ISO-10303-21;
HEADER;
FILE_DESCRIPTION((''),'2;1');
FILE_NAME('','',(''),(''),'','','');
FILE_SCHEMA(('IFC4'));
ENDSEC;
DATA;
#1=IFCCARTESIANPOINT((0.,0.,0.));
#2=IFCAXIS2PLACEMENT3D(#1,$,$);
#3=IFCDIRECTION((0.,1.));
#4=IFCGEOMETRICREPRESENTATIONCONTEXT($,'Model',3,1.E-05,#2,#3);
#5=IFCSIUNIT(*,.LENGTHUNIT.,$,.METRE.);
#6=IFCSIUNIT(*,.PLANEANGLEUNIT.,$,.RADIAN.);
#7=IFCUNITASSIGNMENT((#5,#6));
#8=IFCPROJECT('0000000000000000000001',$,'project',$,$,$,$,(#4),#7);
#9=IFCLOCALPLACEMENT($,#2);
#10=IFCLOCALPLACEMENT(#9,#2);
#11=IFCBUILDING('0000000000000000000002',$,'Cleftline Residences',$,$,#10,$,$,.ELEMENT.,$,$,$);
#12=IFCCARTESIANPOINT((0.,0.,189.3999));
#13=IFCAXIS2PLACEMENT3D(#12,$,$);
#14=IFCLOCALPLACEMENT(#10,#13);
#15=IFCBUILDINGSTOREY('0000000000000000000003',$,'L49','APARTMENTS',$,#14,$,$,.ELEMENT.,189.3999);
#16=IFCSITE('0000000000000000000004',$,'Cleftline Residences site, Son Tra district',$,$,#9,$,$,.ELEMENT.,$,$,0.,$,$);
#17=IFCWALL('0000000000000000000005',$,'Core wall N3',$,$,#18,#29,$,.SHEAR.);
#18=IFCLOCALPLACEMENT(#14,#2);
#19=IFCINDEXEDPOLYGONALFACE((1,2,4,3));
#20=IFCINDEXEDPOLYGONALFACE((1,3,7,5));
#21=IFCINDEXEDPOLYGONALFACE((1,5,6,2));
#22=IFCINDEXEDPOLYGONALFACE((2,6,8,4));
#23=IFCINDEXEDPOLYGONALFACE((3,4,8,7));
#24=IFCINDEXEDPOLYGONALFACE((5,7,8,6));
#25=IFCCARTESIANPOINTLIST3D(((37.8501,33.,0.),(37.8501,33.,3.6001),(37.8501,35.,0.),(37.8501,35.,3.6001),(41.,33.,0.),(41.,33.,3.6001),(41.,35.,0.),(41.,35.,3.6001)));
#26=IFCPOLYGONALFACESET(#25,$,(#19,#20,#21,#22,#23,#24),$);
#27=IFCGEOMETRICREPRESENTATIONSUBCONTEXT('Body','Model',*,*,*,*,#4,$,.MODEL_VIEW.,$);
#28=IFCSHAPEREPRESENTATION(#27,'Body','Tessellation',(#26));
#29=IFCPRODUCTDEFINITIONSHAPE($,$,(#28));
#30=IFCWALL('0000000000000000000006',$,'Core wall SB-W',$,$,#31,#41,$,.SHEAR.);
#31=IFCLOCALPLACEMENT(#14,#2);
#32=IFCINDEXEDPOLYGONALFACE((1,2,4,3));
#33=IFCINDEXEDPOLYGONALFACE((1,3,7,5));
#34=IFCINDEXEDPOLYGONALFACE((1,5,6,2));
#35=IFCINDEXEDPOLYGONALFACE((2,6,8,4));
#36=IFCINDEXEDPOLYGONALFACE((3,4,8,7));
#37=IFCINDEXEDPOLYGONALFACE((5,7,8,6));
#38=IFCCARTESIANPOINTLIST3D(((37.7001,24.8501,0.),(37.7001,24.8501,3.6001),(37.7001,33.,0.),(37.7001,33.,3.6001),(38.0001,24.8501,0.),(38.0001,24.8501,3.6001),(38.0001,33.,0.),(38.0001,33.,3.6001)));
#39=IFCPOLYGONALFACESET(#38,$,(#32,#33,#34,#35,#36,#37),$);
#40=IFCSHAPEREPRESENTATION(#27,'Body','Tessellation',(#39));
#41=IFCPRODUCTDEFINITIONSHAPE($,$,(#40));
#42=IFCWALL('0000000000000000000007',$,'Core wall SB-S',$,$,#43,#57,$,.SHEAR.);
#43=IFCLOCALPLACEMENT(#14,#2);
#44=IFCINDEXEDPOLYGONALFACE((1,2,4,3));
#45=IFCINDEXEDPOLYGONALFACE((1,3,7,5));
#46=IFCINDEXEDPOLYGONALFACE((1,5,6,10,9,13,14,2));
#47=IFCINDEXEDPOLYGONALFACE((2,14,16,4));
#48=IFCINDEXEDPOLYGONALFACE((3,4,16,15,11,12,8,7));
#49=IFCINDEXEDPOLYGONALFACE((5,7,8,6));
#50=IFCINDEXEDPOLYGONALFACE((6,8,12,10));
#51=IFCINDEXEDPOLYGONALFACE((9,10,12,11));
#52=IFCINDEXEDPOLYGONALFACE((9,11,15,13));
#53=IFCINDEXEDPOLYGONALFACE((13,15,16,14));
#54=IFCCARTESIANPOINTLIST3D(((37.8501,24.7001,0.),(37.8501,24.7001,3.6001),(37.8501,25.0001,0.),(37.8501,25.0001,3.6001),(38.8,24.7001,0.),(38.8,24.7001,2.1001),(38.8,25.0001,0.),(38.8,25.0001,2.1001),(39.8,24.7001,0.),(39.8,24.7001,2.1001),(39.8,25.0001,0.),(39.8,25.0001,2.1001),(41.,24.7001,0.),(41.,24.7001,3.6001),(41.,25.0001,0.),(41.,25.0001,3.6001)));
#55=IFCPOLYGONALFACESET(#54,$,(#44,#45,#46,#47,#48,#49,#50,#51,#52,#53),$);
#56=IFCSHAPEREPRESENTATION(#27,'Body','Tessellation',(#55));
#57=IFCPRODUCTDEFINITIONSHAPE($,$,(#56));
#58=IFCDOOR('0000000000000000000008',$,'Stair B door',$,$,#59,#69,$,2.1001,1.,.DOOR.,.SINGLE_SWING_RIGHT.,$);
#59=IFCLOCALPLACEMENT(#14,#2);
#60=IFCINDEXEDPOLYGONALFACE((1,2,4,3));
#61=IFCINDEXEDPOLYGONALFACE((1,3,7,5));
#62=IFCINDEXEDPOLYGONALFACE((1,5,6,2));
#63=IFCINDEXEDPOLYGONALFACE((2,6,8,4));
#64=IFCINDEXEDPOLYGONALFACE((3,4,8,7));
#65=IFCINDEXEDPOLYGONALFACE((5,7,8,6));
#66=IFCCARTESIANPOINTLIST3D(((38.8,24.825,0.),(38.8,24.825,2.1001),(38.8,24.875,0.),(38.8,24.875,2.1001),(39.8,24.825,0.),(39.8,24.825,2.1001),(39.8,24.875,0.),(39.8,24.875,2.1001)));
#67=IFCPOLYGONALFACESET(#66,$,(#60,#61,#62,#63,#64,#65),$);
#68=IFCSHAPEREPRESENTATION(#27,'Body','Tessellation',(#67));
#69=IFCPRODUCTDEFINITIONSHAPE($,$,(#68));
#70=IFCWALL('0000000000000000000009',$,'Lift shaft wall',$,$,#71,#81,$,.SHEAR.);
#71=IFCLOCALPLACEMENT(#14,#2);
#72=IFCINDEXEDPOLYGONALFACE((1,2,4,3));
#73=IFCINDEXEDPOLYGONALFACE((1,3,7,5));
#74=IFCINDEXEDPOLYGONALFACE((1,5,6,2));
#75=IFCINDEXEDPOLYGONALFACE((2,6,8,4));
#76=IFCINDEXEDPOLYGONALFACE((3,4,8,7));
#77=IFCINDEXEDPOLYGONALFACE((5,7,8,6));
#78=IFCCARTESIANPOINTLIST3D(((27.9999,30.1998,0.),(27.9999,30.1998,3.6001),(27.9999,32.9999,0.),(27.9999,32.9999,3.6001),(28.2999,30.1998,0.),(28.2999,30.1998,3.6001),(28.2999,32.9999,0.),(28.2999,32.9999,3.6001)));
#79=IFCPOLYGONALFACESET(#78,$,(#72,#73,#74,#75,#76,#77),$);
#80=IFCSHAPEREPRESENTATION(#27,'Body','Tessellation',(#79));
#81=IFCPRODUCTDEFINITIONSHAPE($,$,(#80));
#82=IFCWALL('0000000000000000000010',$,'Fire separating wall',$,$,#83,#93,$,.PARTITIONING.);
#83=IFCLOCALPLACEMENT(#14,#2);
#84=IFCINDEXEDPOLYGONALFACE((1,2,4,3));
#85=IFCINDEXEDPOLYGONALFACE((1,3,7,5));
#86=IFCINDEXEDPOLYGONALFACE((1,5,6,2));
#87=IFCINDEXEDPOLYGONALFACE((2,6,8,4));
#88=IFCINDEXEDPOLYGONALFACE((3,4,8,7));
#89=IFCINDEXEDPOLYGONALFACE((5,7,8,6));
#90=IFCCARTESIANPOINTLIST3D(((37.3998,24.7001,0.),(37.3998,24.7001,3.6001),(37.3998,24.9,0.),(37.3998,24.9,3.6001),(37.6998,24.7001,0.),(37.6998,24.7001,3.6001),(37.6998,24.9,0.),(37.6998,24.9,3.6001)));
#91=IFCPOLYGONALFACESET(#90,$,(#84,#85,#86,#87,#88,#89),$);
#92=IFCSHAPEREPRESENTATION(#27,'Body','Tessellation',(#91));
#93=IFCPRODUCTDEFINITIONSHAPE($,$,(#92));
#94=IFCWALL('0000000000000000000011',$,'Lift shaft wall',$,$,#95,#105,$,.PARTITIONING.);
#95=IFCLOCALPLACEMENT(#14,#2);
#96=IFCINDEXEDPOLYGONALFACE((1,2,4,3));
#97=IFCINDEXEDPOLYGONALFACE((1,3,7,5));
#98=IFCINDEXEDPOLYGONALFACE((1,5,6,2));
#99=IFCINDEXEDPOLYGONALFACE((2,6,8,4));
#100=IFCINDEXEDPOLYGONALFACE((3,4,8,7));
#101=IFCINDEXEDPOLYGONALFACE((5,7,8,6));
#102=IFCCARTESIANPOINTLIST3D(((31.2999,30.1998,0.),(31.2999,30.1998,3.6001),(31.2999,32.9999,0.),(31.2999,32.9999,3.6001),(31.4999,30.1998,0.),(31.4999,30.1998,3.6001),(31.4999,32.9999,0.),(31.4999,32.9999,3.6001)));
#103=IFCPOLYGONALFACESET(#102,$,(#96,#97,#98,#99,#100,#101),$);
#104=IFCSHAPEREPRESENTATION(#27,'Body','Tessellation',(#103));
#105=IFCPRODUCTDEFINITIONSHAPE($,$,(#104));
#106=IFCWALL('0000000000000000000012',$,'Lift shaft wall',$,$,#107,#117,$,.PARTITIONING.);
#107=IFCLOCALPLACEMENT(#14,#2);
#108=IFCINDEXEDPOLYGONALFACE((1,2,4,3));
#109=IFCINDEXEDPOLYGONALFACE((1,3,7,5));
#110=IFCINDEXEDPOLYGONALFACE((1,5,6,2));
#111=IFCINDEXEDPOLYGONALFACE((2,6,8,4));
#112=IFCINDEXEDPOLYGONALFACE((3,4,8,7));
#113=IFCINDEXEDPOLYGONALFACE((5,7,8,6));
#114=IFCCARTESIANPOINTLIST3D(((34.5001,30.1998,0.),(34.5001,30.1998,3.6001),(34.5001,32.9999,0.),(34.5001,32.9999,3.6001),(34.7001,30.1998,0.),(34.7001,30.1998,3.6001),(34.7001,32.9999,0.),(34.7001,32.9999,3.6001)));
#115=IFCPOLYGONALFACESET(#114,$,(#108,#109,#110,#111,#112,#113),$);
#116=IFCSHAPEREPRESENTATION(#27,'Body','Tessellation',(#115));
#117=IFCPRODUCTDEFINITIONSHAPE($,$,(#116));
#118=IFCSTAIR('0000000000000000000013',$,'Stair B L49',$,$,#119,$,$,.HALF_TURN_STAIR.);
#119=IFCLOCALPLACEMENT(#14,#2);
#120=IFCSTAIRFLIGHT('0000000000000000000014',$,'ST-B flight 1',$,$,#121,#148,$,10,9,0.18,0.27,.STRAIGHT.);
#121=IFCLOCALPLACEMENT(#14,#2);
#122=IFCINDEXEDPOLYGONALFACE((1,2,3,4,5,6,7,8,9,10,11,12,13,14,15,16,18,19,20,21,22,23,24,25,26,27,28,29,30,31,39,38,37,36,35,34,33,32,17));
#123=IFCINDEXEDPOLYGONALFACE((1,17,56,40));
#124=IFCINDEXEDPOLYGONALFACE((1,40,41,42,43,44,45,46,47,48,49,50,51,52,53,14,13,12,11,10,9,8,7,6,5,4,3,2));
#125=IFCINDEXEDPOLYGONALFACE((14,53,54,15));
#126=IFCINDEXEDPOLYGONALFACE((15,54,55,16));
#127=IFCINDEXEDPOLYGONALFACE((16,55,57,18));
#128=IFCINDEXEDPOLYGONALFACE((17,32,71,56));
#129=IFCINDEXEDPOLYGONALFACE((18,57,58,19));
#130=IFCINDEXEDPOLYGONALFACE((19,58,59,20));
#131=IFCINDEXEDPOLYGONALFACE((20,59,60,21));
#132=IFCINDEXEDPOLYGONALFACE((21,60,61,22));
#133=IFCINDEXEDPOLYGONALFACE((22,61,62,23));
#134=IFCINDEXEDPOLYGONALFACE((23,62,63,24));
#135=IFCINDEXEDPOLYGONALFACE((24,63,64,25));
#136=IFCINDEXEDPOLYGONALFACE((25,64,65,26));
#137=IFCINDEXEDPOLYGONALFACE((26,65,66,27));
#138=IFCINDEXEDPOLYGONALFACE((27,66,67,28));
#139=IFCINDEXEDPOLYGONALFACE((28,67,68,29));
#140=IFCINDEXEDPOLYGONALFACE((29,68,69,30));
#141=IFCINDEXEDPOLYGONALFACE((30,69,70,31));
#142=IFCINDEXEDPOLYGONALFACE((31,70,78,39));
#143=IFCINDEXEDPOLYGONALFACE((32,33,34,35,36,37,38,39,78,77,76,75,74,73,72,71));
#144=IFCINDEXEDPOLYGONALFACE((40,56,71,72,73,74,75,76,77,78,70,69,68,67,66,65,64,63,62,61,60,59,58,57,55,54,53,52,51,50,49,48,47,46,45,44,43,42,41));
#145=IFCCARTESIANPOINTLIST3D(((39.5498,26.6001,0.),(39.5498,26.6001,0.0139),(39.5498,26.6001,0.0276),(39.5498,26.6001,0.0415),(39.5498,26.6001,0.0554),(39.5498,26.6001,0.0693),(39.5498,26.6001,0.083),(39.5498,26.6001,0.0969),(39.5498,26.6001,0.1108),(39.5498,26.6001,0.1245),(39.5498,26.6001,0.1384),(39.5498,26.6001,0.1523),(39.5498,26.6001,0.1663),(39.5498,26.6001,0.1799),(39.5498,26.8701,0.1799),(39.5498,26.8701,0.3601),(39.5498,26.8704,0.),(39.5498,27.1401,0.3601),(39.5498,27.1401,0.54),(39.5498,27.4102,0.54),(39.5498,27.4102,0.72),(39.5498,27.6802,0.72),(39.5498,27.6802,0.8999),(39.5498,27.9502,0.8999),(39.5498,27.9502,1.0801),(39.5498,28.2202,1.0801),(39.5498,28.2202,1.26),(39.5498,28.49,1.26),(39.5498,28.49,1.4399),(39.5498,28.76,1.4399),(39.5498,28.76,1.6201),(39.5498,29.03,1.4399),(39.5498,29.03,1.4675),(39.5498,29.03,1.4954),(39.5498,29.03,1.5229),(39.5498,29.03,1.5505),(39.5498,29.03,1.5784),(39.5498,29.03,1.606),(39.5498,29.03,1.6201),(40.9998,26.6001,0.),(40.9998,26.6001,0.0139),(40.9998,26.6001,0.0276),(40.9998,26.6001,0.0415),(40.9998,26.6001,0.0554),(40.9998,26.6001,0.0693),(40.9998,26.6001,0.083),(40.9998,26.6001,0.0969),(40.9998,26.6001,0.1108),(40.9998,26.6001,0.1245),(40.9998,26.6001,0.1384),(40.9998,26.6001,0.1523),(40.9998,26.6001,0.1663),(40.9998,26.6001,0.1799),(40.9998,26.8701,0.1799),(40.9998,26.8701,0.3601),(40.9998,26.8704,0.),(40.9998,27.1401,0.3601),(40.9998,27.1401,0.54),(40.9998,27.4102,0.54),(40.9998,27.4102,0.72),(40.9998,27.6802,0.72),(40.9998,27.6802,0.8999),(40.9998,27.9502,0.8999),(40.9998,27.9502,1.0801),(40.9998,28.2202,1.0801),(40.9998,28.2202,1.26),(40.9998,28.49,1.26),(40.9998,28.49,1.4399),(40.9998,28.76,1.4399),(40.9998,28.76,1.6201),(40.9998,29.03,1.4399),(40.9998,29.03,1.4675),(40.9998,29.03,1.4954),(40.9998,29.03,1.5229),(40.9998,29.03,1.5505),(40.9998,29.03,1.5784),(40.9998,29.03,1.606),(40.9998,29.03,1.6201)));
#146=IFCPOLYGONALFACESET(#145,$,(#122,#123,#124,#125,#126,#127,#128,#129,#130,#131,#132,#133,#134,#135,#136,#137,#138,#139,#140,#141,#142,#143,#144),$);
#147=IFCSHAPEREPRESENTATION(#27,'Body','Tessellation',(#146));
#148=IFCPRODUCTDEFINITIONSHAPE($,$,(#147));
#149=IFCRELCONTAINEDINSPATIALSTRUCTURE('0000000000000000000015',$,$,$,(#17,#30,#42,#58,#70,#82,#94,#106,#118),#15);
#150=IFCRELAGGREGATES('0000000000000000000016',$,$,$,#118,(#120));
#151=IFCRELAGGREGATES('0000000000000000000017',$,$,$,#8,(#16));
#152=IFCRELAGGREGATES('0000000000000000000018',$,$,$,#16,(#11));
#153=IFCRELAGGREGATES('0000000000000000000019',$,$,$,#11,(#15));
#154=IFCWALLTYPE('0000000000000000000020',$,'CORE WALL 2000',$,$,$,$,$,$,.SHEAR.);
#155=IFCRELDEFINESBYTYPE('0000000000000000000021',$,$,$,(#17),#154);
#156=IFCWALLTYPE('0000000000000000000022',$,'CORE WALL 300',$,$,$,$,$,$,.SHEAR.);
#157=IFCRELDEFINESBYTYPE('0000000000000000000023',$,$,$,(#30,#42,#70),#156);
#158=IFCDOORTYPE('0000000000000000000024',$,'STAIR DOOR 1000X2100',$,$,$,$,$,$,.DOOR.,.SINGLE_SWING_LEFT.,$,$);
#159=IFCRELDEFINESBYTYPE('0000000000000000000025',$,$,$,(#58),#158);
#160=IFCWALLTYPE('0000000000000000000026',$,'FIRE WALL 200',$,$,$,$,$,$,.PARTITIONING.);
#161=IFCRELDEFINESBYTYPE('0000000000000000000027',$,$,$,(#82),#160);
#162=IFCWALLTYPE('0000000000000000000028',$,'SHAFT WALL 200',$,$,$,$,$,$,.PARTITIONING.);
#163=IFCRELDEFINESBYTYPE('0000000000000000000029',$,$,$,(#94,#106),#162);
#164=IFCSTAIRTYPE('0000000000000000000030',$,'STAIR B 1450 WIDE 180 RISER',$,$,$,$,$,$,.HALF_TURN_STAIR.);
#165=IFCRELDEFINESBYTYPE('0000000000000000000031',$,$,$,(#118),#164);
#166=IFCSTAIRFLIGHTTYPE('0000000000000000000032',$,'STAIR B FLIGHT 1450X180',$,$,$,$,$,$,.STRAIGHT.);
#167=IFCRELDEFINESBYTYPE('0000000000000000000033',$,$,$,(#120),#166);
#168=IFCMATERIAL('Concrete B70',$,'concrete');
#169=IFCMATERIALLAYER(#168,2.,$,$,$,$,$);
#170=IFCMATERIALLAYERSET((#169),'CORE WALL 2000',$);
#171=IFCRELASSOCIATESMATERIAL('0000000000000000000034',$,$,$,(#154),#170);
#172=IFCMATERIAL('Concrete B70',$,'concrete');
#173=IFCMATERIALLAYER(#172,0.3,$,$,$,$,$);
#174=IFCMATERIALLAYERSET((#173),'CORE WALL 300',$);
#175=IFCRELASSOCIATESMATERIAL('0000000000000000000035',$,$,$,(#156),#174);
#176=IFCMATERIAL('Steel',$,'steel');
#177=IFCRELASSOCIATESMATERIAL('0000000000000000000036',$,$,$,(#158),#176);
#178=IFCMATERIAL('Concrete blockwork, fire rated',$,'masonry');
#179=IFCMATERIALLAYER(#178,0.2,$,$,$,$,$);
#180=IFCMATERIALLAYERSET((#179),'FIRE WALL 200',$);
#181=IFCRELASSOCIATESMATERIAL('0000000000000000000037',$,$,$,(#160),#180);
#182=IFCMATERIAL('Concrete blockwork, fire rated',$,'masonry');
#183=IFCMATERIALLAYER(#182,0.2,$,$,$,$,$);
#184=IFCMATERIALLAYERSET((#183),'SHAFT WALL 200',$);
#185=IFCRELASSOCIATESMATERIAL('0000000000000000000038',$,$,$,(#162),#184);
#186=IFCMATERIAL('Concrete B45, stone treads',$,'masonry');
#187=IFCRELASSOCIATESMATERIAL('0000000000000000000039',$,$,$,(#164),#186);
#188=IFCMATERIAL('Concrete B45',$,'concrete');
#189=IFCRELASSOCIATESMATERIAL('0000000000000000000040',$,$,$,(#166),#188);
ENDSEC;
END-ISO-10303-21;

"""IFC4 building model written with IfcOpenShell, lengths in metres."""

from ifc_helpers import new_model, si_unit, direction, frame, frame_2d, origin, place, context, subcontext, project, spatial, polyline, rectangle, outline, extrude, material, layer, layer_set, type_object, element, fill, aggregate, save


model = new_model("IFC4")

# Units and contexts
model_context = context("Model", 3, precision=1e-05, world=origin(), true_north=direction((0.0, 1.0)))
body_context = subcontext(model_context, "Body", "Model", "MODEL_VIEW")
ifc_project = project(units=[si_unit("LENGTHUNIT", "METRE"), si_unit("PLANEANGLEUNIT", "RADIAN")], contexts=[model_context])

# Site, building, storey
site_placement = place(None, origin())
site = spatial("IfcSite", under=ifc_project, at=site_placement, Name="Cleftline Residences site, Son Tra district", CompositionType="ELEMENT", RefElevation=0.0)
building_placement = place(site_placement, origin())
building = spatial("IfcBuilding", under=site, at=building_placement, Name="Cleftline Residences", CompositionType="ELEMENT")
storey_placement = place(building_placement, frame((0.0, 0.0, 189.3999)))
storey = spatial("IfcBuildingStorey", under=building, at=storey_placement, Name="L49", Description="APARTMENTS", CompositionType="ELEMENT", Elevation=189.3999)

# Walls
ifc_material_1 = material(Name="Concrete B70", Category="concrete")
ifc_layer_1 = layer(ifc_material_1, 2.0)
ifc_layer_set_1 = layer_set([ifc_layer_1], Name="CORE WALL 2000")
wall_type_1 = type_object("IfcWallType", Name="CORE WALL 2000", PredefinedType="SHEAR", material=ifc_layer_set_1)
wall_1_placement = place(storey_placement, frame((37.8501, 34.0, 0.0), z_axis=(0.0, 0.0, 1.0), x_axis=(1.0, 0.0, 0.0)))
element("IfcWall", 1, at=wall_1_placement, inside=storey, type_object=wall_type_1, Name="Core wall N3", PredefinedType="SHEAR", context=body_context, shape_type="SweptSolid", body=[
    extrude(rectangle(XDim=3.1499, YDim=2.0, at=frame_2d((1.575, 0.0))), origin(), (0.0, 0.0, 1.0), 3.6001),
])
ifc_material_2 = material(Name="Concrete B70", Category="concrete")
ifc_layer_2 = layer(ifc_material_2, 0.3)
ifc_layer_set_2 = layer_set([ifc_layer_2], Name="CORE WALL 300")
wall_type_2 = type_object("IfcWallType", Name="CORE WALL 300", PredefinedType="SHEAR", material=ifc_layer_set_2)
wall_2_placement = place(storey_placement, frame((37.8501, 24.8501, 0.0), z_axis=(0.0, 0.0, 1.0), x_axis=(0.0, 1.0, 0.0)))
element("IfcWall", 2, at=wall_2_placement, inside=storey, type_object=wall_type_2, Name="Core wall SB-W", PredefinedType="SHEAR", context=body_context, shape_type="SweptSolid", body=[
    extrude(rectangle(XDim=8.1499, YDim=0.3, at=frame_2d((4.075, 0.0))), origin(), (0.0, 0.0, 1.0), 3.6001),
])

# Wall, opening, door
wall_3_placement = place(storey_placement, frame((37.8501, 24.8501, 0.0), z_axis=(0.0, 0.0, 1.0), x_axis=(1.0, 0.0, 0.0)))
wall_3 = element("IfcWall", 3, at=wall_3_placement, inside=storey, type_object=wall_type_2, Name="Core wall SB-S", PredefinedType="SHEAR", context=body_context, shape_type="SweptSolid", body=[
    extrude(rectangle(XDim=3.1499, YDim=0.3, at=frame_2d((1.575, 0.0))), origin(), (0.0, 0.0, 1.0), 3.6001),
])
opening_placement = place(wall_3_placement, frame((0.95, 0.0, 0.0)))
opening = element("IfcOpeningElement", 4, at=opening_placement, cuts=wall_3, PredefinedType="OPENING", context=body_context, shape_type="SweptSolid", body=[
    extrude(rectangle(XDim=1.0, YDim=2.1001, at=frame_2d((0.5, 1.05))), frame((0.0, 0.1599, 0.0), z_axis=(0.0, -1.0, 0.0), x_axis=(1.0, 0.0, 0.0)), (0.0, 0.0, 1.0), 0.3201),
])
ifc_material_3 = material(Name="Steel", Category="steel")
door_type = type_object("IfcDoorType", Name="STAIR DOOR 1000X2100", OperationType="SINGLE_SWING_LEFT", PredefinedType="DOOR", material=ifc_material_3)
door_placement = place(opening_placement, origin())
door = element("IfcDoor", 5, at=door_placement, inside=storey, type_object=door_type, Name="Stair B door", OperationType="SINGLE_SWING_RIGHT", OverallHeight=2.1001, OverallWidth=1.0, PredefinedType="DOOR", context=body_context, shape_type="SweptSolid", body=[
    extrude(rectangle(XDim=1.0, YDim=2.1001, at=frame_2d((0.5, 1.05))), frame((0.0, 0.0249, 0.0), z_axis=(0.0, -1.0, 0.0), x_axis=(1.0, 0.0, 0.0)), (0.0, 0.0, 1.0), 0.05),
])
fill(opening, door)

# Walls
wall_4_placement = place(storey_placement, frame((28.1499, 30.2, 0.0), z_axis=(0.0, 0.0, 1.0), x_axis=(0.0, 1.0, 0.0)))
element("IfcWall", 6, at=wall_4_placement, inside=storey, type_object=wall_type_2, Name="Lift shaft wall", PredefinedType="SHEAR", context=body_context, shape_type="SweptSolid", body=[
    extrude(rectangle(XDim=2.8, YDim=0.3, at=frame_2d((1.3999, 0.0))), origin(), (0.0, 0.0, 1.0), 3.6001),
])
ifc_material_4 = material(Name="Concrete blockwork, fire rated", Category="masonry")
ifc_layer_3 = layer(ifc_material_4, 0.2)
ifc_layer_set_3 = layer_set([ifc_layer_3], Name="FIRE WALL 200")
wall_type_3 = type_object("IfcWallType", Name="FIRE WALL 200", PredefinedType="PARTITIONING", material=ifc_layer_set_3)
wall_5_placement = place(storey_placement, frame((37.3999, 24.8, 0.0), z_axis=(0.0, 0.0, 1.0), x_axis=(1.0, 0.0, 0.0)))
element("IfcWall", 7, at=wall_5_placement, inside=storey, type_object=wall_type_3, Name="Fire separating wall", PredefinedType="PARTITIONING", context=body_context, shape_type="SweptSolid", body=[
    extrude(rectangle(XDim=0.3, YDim=0.2, at=frame_2d((0.1499, 0.0))), origin(), (0.0, 0.0, 1.0), 3.6001),
])
ifc_material_5 = material(Name="Concrete blockwork, fire rated", Category="masonry")
ifc_layer_4 = layer(ifc_material_5, 0.2)
ifc_layer_set_4 = layer_set([ifc_layer_4], Name="SHAFT WALL 200")
wall_type_4 = type_object("IfcWallType", Name="SHAFT WALL 200", PredefinedType="PARTITIONING", material=ifc_layer_set_4)
for number, where, z_axis, x_axis, name in (
    (8, (31.3999, 30.2, 0.0), (0.0, 0.0, 1.0), (0.0, 1.0, 0.0), "Lift shaft wall"),
    (9, (34.6001, 30.2, 0.0), (0.0, 0.0, 1.0), (0.0, 1.0, 0.0), "Lift shaft wall"),
):
    element("IfcWall", number, at=place(storey_placement, frame(where, z_axis=z_axis, x_axis=x_axis)), inside=storey, type_object=wall_type_4, Name=name, PredefinedType="PARTITIONING", context=body_context, shape_type="SweptSolid", body=[
        extrude(rectangle(XDim=2.8, YDim=0.2, at=frame_2d((1.3999, 0.0))), origin(), (0.0, 0.0, 1.0), 3.6001),
    ])

# Stair, stair flight
ifc_material_6 = material(Name="Concrete B45, stone treads", Category="masonry")
stair_type = type_object("IfcStairType", Name="STAIR B 1450 WIDE 180 RISER", PredefinedType="HALF_TURN_STAIR", material=ifc_material_6)
stair_placement = place(storey_placement, origin())
stair = element("IfcStair", 10, at=stair_placement, inside=storey, type_object=stair_type, Name="Stair B L49", PredefinedType="HALF_TURN_STAIR")
ifc_material_7 = material(Name="Concrete B45", Category="concrete")
stair_flight_type = type_object("IfcStairFlightType", Name="STAIR B FLIGHT 1450X180", PredefinedType="STRAIGHT", material=ifc_material_7)
stair_flight_1_placement = place(storey_placement, frame((40.2749, 26.6001, 0.0), z_axis=(0.0, 0.0, 1.0), x_axis=(0.0, 1.0, 0.0)))
stair_flight_1 = element("IfcStairFlight", 11, at=stair_flight_1_placement, type_object=stair_flight_type, Name="ST-B flight 1", NumberOfRisers=10, NumberOfTreads=9, PredefinedType="STRAIGHT", RiserHeight=0.18, TreadLength=0.27, context=body_context, shape_type="SweptSolid", body=[
    extrude(outline(polyline([(0.0, 0.0), (0.0, 0.0139), (0.0, 0.0276), (0.0, 0.0415), (0.0, 0.0554), (0.0, 0.0693), (0.0, 0.083), (0.0, 0.0969), (0.0, 0.1108), (0.0, 0.1245), (0.0, 0.1384), (0.0, 0.1523), (0.0, 0.1663), (0.0, 0.1799), (0.27, 0.1799), (0.27, 0.3601), (0.54, 0.3601), (0.54, 0.54), (0.8101, 0.54), (0.8101, 0.72), (1.0801, 0.72), (1.0801, 0.8999), (1.3501, 0.8999), (1.3501, 1.0801), (1.6201, 1.0801), (1.6201, 1.26), (1.8899, 1.26), (1.8899, 1.4399), (2.1599, 1.4399), (2.1599, 1.6201), (2.4299, 1.6201), (2.4299, 1.8), (2.4299, 1.7722), (2.4299, 1.7446), (2.4299, 1.7168), (2.4299, 1.6892), (2.4299, 1.6614), (2.4299, 1.6338), (2.4299, 1.606), (2.4299, 1.5784), (2.4299, 1.5505), (2.4299, 1.5229), (2.4299, 1.4954), (2.4299, 1.4675), (2.4299, 1.4399), (0.2703, 0.0), (0.0, 0.0)])), frame((0.0, 0.7251, 0.0), z_axis=(0.0, -1.0, 0.0), x_axis=(1.0, 0.0, 0.0)), (0.0, 0.0, 1.0), 1.45),
])
aggregate(stair, [stair_flight_1])

save(model, "model.ifc")
